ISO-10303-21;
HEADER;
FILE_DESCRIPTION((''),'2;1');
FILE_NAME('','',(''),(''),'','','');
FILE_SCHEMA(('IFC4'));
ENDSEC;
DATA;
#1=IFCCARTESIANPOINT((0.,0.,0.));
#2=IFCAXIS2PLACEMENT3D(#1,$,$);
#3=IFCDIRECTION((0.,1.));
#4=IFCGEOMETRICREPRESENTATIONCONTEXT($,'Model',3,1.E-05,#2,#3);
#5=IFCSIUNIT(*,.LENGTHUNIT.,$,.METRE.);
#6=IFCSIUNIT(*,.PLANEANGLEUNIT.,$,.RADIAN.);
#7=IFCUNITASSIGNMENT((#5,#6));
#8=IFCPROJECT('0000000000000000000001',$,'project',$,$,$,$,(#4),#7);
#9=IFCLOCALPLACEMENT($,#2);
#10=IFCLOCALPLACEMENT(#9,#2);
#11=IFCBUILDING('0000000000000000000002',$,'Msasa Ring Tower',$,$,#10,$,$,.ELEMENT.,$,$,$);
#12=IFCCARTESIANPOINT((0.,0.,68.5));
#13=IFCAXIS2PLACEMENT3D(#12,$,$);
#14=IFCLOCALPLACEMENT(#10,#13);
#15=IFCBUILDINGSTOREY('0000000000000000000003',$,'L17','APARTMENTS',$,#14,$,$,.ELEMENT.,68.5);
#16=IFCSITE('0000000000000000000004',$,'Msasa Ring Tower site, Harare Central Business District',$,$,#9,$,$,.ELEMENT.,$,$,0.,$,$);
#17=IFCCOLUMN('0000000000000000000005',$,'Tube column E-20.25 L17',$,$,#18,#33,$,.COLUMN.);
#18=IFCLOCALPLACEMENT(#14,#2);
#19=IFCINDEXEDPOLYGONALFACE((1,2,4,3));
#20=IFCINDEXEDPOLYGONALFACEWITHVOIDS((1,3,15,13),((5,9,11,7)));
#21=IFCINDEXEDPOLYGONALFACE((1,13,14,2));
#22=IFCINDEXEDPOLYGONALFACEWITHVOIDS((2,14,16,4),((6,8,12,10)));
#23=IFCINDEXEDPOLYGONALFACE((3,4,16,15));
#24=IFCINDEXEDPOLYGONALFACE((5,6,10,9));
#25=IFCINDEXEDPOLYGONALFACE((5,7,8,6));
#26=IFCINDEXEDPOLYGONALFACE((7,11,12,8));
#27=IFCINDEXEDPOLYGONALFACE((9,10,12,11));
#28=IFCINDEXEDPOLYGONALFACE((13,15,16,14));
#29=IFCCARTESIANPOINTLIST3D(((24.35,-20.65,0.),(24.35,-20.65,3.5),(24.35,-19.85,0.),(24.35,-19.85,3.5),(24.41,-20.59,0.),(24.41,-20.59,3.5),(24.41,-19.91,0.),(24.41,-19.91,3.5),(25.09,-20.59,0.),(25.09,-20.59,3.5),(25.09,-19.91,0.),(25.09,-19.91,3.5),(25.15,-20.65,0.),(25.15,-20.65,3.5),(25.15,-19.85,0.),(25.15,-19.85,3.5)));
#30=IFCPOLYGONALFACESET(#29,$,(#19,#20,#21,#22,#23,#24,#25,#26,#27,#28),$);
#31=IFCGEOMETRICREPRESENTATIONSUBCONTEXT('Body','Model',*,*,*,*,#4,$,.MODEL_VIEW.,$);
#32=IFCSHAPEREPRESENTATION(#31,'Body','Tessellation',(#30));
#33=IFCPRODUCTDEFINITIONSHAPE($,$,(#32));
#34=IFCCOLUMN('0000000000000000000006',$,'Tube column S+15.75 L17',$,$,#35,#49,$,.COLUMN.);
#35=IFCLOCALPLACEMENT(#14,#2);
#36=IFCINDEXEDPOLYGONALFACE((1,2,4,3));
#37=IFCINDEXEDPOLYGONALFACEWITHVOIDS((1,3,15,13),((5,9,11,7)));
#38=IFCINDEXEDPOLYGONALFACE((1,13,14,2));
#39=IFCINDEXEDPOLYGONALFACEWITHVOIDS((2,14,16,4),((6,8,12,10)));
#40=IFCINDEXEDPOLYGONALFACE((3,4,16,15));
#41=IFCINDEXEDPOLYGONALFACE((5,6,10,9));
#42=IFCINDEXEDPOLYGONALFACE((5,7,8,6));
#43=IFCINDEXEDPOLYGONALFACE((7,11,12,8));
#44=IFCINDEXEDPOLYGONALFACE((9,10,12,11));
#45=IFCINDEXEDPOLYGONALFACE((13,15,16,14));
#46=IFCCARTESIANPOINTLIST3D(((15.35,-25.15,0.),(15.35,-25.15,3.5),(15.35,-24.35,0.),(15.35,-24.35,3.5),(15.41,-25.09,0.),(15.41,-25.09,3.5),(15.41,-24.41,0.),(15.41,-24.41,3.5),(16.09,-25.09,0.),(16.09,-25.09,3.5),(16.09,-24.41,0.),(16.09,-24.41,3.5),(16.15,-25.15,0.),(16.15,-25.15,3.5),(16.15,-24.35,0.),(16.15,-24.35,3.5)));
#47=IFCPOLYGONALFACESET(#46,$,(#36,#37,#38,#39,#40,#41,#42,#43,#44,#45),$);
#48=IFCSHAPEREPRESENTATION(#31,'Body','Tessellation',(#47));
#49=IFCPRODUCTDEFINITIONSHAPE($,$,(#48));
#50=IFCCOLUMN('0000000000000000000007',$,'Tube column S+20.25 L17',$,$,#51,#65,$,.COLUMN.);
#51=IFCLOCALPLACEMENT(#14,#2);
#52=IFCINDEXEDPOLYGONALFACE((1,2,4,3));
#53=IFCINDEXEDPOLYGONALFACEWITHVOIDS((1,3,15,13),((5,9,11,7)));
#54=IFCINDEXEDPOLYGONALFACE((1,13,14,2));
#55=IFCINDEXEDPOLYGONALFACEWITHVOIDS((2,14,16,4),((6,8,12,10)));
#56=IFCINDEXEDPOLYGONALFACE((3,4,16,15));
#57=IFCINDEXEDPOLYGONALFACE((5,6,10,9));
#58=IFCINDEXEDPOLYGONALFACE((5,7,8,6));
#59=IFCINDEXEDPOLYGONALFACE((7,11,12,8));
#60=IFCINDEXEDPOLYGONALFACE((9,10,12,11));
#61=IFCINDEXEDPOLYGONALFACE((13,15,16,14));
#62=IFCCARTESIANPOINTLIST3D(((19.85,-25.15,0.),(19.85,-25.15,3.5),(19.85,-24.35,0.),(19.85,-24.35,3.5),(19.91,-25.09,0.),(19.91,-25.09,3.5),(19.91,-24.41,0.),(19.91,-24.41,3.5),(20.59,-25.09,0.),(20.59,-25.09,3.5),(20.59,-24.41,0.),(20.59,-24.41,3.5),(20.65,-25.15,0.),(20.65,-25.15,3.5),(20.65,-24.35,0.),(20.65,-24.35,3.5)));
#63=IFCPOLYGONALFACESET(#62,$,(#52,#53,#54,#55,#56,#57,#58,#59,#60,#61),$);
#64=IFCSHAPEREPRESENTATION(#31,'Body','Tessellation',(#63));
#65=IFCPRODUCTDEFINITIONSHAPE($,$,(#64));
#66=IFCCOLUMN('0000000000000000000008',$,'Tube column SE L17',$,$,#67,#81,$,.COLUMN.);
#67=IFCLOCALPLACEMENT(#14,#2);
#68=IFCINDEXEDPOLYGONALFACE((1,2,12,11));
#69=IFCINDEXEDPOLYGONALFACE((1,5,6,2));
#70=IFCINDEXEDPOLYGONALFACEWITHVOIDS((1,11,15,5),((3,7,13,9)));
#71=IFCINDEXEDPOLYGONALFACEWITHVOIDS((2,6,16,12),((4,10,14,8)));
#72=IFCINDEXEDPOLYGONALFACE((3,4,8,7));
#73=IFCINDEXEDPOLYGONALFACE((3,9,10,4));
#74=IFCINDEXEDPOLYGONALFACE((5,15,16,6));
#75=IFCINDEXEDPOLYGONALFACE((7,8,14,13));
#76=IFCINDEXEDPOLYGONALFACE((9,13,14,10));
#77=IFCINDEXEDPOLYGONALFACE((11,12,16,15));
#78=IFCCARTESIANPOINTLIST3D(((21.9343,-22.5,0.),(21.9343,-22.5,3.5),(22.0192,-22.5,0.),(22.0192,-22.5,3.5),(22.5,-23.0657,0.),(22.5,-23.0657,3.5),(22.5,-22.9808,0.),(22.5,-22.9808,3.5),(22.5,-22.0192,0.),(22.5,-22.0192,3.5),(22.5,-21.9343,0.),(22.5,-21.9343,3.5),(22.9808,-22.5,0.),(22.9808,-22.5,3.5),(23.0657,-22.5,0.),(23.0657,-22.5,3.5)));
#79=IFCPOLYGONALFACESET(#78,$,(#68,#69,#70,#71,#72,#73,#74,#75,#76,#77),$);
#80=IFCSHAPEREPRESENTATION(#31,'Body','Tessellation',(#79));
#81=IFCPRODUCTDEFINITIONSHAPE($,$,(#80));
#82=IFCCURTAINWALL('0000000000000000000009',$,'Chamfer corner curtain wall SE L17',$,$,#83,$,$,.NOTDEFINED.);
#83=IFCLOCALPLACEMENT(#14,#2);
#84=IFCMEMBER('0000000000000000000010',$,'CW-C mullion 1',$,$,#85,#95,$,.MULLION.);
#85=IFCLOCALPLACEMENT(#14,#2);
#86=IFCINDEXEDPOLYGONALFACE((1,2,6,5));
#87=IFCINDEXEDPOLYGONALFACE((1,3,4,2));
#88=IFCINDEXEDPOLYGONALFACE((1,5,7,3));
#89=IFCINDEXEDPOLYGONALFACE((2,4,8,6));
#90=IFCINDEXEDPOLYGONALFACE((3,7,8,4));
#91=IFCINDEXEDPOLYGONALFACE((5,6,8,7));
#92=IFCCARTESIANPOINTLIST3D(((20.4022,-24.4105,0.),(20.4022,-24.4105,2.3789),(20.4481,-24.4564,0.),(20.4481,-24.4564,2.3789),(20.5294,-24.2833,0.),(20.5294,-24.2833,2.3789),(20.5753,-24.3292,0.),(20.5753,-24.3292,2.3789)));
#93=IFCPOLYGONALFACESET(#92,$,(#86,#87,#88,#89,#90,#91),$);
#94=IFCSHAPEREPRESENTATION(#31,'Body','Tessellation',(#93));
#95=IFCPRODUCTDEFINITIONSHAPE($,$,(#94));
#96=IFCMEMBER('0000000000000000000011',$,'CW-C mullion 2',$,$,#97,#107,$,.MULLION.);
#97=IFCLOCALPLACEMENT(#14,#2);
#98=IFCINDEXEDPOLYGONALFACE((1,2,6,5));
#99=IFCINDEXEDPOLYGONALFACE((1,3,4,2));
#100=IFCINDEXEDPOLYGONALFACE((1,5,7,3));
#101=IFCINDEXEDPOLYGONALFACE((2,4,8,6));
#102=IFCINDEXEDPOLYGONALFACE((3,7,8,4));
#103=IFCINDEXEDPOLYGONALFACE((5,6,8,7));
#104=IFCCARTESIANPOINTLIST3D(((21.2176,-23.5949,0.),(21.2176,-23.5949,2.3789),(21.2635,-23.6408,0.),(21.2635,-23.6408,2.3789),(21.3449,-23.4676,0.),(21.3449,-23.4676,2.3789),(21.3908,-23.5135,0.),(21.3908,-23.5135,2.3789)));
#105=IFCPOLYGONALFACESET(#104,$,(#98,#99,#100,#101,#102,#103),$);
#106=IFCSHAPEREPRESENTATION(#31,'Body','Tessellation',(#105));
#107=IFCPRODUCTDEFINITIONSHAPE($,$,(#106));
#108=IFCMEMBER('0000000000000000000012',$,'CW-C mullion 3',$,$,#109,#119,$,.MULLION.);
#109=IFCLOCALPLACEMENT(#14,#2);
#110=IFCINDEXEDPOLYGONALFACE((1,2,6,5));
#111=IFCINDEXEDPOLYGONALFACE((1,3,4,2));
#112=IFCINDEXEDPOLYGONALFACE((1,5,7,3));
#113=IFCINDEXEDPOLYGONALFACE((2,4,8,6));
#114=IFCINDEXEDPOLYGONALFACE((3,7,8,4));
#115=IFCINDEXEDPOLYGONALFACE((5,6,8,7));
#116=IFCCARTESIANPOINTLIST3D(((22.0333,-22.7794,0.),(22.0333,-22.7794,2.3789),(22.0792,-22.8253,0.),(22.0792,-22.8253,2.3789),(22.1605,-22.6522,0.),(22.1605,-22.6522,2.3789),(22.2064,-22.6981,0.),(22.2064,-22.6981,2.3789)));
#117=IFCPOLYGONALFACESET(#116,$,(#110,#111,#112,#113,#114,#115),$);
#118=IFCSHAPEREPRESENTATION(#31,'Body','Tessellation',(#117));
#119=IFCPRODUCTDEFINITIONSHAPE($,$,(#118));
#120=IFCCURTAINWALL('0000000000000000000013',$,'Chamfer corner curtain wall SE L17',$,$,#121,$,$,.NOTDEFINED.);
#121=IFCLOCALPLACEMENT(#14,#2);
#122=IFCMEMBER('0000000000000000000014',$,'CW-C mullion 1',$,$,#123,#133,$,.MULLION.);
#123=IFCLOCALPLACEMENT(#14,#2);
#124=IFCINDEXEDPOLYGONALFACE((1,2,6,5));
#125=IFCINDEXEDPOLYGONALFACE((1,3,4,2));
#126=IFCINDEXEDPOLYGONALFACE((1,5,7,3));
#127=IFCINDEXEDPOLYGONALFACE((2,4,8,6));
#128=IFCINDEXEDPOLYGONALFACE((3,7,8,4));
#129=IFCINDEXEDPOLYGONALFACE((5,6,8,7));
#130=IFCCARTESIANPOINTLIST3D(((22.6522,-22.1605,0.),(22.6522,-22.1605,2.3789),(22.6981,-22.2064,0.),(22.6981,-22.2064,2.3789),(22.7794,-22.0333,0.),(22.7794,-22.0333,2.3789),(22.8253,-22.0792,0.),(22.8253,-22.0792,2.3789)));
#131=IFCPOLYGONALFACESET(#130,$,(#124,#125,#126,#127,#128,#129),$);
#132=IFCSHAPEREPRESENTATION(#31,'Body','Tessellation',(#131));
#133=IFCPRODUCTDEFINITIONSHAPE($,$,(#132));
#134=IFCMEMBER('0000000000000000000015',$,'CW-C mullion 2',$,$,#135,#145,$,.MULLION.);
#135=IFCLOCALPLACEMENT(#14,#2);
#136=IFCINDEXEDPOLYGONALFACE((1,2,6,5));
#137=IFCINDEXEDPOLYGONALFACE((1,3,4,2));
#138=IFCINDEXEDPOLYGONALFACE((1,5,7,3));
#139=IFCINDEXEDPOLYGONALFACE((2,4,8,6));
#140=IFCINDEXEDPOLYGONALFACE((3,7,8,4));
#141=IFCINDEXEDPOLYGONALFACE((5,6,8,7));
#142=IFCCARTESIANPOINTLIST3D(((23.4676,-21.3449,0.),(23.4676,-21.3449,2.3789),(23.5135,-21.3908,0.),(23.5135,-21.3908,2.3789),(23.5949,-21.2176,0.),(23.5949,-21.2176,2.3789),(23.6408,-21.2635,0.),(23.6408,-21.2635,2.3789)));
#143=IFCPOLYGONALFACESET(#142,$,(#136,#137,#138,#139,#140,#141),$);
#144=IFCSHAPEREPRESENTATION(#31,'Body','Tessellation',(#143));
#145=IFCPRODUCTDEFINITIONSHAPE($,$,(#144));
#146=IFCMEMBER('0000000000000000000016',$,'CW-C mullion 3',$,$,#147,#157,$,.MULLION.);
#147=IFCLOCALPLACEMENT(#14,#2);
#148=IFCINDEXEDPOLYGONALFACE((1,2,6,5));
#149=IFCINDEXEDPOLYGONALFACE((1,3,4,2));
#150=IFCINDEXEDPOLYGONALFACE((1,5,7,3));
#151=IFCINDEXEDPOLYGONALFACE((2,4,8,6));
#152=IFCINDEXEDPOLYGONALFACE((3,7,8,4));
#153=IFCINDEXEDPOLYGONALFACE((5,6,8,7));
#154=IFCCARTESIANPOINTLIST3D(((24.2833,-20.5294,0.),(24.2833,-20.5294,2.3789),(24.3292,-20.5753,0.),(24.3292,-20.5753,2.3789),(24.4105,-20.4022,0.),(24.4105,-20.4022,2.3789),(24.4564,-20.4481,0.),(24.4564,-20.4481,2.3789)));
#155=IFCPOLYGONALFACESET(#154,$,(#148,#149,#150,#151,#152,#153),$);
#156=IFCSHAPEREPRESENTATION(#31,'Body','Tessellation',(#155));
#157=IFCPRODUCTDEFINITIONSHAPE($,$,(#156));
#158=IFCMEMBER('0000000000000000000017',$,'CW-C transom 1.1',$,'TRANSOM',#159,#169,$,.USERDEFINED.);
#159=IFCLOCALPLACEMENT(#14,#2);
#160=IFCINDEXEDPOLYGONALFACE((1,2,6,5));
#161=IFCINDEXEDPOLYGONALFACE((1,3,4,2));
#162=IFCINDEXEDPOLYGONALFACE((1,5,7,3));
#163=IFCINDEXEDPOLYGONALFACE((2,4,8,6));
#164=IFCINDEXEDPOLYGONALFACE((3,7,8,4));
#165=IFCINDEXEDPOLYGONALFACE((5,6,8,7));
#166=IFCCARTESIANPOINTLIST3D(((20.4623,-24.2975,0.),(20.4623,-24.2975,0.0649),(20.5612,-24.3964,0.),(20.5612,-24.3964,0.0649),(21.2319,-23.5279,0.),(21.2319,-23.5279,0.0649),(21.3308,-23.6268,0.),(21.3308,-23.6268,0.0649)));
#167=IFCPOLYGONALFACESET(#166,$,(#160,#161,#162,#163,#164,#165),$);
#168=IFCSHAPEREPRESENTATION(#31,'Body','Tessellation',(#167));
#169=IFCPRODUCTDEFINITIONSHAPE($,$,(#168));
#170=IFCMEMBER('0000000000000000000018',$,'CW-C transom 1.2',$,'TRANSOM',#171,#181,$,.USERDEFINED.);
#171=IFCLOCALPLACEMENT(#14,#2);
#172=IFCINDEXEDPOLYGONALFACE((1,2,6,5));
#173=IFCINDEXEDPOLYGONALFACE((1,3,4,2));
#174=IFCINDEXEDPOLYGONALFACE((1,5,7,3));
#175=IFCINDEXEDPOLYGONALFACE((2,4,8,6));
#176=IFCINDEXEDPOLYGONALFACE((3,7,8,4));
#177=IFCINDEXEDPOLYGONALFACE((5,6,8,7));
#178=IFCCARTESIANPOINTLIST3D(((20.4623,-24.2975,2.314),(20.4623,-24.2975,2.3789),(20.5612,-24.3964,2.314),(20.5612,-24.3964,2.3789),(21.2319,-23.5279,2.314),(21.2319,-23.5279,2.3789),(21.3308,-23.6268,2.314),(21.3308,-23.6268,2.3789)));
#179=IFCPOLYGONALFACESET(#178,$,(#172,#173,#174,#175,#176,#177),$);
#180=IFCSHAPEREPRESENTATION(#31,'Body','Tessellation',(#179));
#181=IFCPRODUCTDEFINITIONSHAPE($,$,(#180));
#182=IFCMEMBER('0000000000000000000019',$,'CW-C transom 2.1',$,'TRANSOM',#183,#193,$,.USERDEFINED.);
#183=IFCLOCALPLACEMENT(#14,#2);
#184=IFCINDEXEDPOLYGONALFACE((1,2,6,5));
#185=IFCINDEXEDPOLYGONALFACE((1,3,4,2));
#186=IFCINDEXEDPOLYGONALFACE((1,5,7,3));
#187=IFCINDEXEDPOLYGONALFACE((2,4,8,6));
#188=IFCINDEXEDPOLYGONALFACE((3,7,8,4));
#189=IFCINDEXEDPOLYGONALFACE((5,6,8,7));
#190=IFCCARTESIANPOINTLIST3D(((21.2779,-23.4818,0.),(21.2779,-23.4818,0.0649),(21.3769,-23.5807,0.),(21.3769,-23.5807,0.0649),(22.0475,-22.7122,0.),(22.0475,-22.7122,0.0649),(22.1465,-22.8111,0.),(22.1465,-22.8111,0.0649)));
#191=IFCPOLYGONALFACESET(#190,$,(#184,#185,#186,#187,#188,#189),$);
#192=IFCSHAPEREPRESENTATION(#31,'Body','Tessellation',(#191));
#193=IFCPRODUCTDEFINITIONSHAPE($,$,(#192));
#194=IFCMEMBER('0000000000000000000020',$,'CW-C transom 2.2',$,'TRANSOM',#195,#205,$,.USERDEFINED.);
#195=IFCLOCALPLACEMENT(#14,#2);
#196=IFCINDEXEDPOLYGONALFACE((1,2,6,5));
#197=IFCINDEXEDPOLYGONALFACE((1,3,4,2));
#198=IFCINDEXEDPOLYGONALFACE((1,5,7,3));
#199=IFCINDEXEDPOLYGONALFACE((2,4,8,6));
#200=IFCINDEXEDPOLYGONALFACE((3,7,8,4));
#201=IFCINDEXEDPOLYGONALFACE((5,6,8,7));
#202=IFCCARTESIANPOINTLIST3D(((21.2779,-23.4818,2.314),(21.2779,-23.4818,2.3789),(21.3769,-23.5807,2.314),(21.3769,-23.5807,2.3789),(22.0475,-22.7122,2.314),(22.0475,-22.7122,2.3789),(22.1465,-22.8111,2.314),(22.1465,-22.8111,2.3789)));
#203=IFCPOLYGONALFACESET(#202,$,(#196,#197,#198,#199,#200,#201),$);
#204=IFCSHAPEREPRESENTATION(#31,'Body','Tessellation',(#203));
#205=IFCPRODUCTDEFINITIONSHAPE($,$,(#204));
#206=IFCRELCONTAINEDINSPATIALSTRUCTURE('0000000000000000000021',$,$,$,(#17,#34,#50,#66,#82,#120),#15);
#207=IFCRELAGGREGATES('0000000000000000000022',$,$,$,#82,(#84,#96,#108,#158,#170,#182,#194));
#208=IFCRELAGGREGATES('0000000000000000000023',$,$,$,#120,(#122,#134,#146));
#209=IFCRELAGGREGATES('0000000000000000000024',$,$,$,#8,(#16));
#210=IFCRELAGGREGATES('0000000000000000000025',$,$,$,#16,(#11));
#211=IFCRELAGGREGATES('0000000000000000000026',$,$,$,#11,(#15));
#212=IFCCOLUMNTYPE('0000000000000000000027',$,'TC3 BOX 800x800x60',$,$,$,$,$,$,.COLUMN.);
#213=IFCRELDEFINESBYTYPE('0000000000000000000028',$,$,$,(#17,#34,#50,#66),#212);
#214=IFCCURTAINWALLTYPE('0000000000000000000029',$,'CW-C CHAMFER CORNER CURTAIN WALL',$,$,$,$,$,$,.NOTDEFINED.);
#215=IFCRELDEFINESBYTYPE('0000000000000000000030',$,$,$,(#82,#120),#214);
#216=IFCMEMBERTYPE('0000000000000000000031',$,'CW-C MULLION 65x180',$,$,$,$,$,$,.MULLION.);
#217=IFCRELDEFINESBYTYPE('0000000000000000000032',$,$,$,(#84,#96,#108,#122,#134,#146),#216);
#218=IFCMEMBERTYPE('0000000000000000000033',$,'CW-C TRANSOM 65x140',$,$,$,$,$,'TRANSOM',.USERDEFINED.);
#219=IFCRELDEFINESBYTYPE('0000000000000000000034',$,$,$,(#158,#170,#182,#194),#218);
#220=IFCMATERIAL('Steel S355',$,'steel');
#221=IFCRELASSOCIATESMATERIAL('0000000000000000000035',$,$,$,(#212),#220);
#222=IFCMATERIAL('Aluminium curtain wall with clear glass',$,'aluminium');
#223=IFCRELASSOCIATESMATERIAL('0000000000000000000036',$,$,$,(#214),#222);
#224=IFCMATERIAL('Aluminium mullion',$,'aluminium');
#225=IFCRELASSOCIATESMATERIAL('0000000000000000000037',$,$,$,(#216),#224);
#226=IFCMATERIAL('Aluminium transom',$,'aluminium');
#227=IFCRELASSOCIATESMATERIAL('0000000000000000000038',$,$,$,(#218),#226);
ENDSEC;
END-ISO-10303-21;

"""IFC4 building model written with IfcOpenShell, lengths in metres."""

from ifc_helpers import new_model, si_unit, direction, frame, origin, origin_2d, place, context, subcontext, project, spatial, rectangle, hollow_rectangle, extrude, material, material_profile, profile_set, type_object, element, aggregate, save


model = new_model("IFC4")

# Units and contexts
model_context = context("Model", 3, precision=1e-05, world=origin(), true_north=direction((0.0, 1.0)))
body_context = subcontext(model_context, "Body", "Model", "MODEL_VIEW")
ifc_project = project(units=[si_unit("LENGTHUNIT", "METRE"), si_unit("PLANEANGLEUNIT", "RADIAN")], contexts=[model_context])

# Site, building, storey
site_placement = place(None, origin())
site = spatial("IfcSite", under=ifc_project, at=site_placement, Name="Msasa Ring Tower site, Harare Central Business District", CompositionType="ELEMENT", RefElevation=0.0)
building_placement = place(site_placement, origin())
building = spatial("IfcBuilding", under=site, at=building_placement, Name="Msasa Ring Tower", CompositionType="ELEMENT")
storey_placement = place(building_placement, frame((0.0, 0.0, 68.5)))
storey = spatial("IfcBuildingStorey", under=building, at=storey_placement, Name="L17", Description="APARTMENTS", CompositionType="ELEMENT", Elevation=68.5)

# Columns
ifc_material_1 = material(Name="Steel S355", Category="steel")
ifc_material_profile_1 = material_profile(ifc_material_1, hollow_rectangle(XDim=0.8, YDim=0.8, WallThickness=0.0601, at=origin_2d()), Name="BOX 800x800x60")
ifc_profile_set_1 = profile_set([ifc_material_profile_1], Name="Steel S355")
column_type = type_object("IfcColumnType", Name="TC3 BOX 800x800x60", PredefinedType="COLUMN", material=ifc_profile_set_1)
for number, where, z_axis, x_axis, name in (
    (1, (24.75, -20.25, 0.0), (0.0, 0.0, 1.0), (1.0, 0.0, 0.0), "Tube column E-20.25 L17"),
    (2, (15.75, -24.75, 0.0), (0.0, 0.0, 1.0), (0.0, 1.0, 0.0), "Tube column S+15.75 L17"),
    (3, (20.25, -24.75, 0.0), (0.0, 0.0, 1.0), (0.0, 1.0, 0.0), "Tube column S+20.25 L17"),
    (4, (22.5, -22.5, 0.0), (0.0, 0.0, 1.0), (0.707107, -0.707107, 0.0), "Tube column SE L17"),
):
    element("IfcColumn", number, at=place(storey_placement, frame(where, z_axis=z_axis, x_axis=x_axis)), inside=storey, type_object=column_type, Name=name, PredefinedType="COLUMN", context=body_context, shape_type="SweptSolid", body=[
        extrude(hollow_rectangle(XDim=0.8, YDim=0.8, WallThickness=0.0601, at=origin_2d()), origin(), (0.0, 0.0, 1.0), 3.5),
    ])

# Curtain walls, members
ifc_material_2 = material(Name="Aluminium curtain wall with clear glass", Category="aluminium")
curtain_wall_type = type_object("IfcCurtainWallType", Name="CW-C CHAMFER CORNER CURTAIN WALL", PredefinedType="NOTDEFINED", material=ifc_material_2)
curtain_wall_1_placement = place(storey_placement, origin())
curtain_wall_1 = element("IfcCurtainWall", 5, at=curtain_wall_1_placement, inside=storey, type_object=curtain_wall_type, Name="Chamfer corner curtain wall SE L17", PredefinedType="NOTDEFINED")
ifc_material_3 = material(Name="Aluminium mullion", Category="aluminium")
ifc_material_profile_2 = material_profile(ifc_material_3, rectangle(XDim=0.0649, YDim=0.1799, at=origin_2d()), Name="AL 65x180")
ifc_profile_set_2 = profile_set([ifc_material_profile_2], Name="Aluminium mullion")
member_type_1 = type_object("IfcMemberType", Name="CW-C MULLION 65x180", PredefinedType="MULLION", material=ifc_profile_set_2)
member_1_placement = place(storey_placement, frame((20.4888, -24.3699, 0.0), z_axis=(0.0, 0.0, 1.0), x_axis=(-0.707107, 0.707107, 0.0)))
member_1 = element("IfcMember", 6, at=member_1_placement, type_object=member_type_1, Name="CW-C mullion 1", PredefinedType="MULLION", context=body_context, shape_type="SweptSolid", body=[
    extrude(rectangle(XDim=0.0649, YDim=0.1799, at=origin_2d()), origin(), (0.0, 0.0, 1.0), 2.3789),
])
member_2_placement = place(storey_placement, frame((21.3042, -23.5542, 0.0), z_axis=(0.0, 0.0, 1.0), x_axis=(-0.707107, 0.707107, 0.0)))
member_2 = element("IfcMember", 7, at=member_2_placement, type_object=member_type_1, Name="CW-C mullion 2", PredefinedType="MULLION", context=body_context, shape_type="SweptSolid", body=[
    extrude(rectangle(XDim=0.0649, YDim=0.1799, at=origin_2d()), origin(), (0.0, 0.0, 1.0), 2.3789),
])
member_3_placement = place(storey_placement, frame((22.1199, -22.7388, 0.0), z_axis=(0.0, 0.0, 1.0), x_axis=(-0.707107, 0.707107, 0.0)))
member_3 = element("IfcMember", 8, at=member_3_placement, type_object=member_type_1, Name="CW-C mullion 3", PredefinedType="MULLION", context=body_context, shape_type="SweptSolid", body=[
    extrude(rectangle(XDim=0.0649, YDim=0.1799, at=origin_2d()), origin(), (0.0, 0.0, 1.0), 2.3789),
])
curtain_wall_2_placement = place(storey_placement, origin())
curtain_wall_2 = element("IfcCurtainWall", 9, at=curtain_wall_2_placement, inside=storey, type_object=curtain_wall_type, Name="Chamfer corner curtain wall SE L17", PredefinedType="NOTDEFINED")
member_4_placement = place(storey_placement, frame((22.7388, -22.1199, 0.0), z_axis=(0.0, 0.0, 1.0), x_axis=(-0.707107, 0.707107, 0.0)))
member_4 = element("IfcMember", 10, at=member_4_placement, type_object=member_type_1, Name="CW-C mullion 1", PredefinedType="MULLION", context=body_context, shape_type="SweptSolid", body=[
    extrude(rectangle(XDim=0.0649, YDim=0.1799, at=origin_2d()), origin(), (0.0, 0.0, 1.0), 2.3789),
])
member_5_placement = place(storey_placement, frame((23.5542, -21.3042, 0.0), z_axis=(0.0, 0.0, 1.0), x_axis=(-0.707107, 0.707107, 0.0)))
member_5 = element("IfcMember", 11, at=member_5_placement, type_object=member_type_1, Name="CW-C mullion 2", PredefinedType="MULLION", context=body_context, shape_type="SweptSolid", body=[
    extrude(rectangle(XDim=0.0649, YDim=0.1799, at=origin_2d()), origin(), (0.0, 0.0, 1.0), 2.3789),
])
member_6_placement = place(storey_placement, frame((24.3699, -20.4888, 0.0), z_axis=(0.0, 0.0, 1.0), x_axis=(-0.707107, 0.707107, 0.0)))
member_6 = element("IfcMember", 12, at=member_6_placement, type_object=member_type_1, Name="CW-C mullion 3", PredefinedType="MULLION", context=body_context, shape_type="SweptSolid", body=[
    extrude(rectangle(XDim=0.0649, YDim=0.1799, at=origin_2d()), origin(), (0.0, 0.0, 1.0), 2.3789),
])

# Members
ifc_material_4 = material(Name="Aluminium transom", Category="aluminium")
ifc_material_profile_3 = material_profile(ifc_material_4, rectangle(XDim=0.1399, YDim=0.0649, at=origin_2d()), Name="AL 65x140")
ifc_profile_set_3 = profile_set([ifc_material_profile_3], Name="Aluminium transom")
member_type_2 = type_object("IfcMemberType", Name="CW-C TRANSOM 65x140", ElementType="TRANSOM", PredefinedType="USERDEFINED", material=ifc_profile_set_3)
member_7_placement = place(storey_placement, frame((20.5117, -24.3469, 0.0325), z_axis=(0.707107, 0.707107, 0.0), x_axis=(-0.707107, 0.707107, 0.0)))
member_7 = element("IfcMember", 13, at=member_7_placement, type_object=member_type_2, Name="CW-C transom 1.1", ObjectType="TRANSOM", PredefinedType="USERDEFINED", context=body_context, shape_type="SweptSolid", body=[
    extrude(rectangle(XDim=0.1399, YDim=0.0649, at=origin_2d()), origin(), (0.0, 0.0, 1.0), 1.0884),
])
member_8_placement = place(storey_placement, frame((20.5117, -24.3469, 2.3464), z_axis=(0.707107, 0.707107, 0.0), x_axis=(-0.707107, 0.707107, 0.0)))
member_8 = element("IfcMember", 14, at=member_8_placement, type_object=member_type_2, Name="CW-C transom 1.2", ObjectType="TRANSOM", PredefinedType="USERDEFINED", context=body_context, shape_type="SweptSolid", body=[
    extrude(rectangle(XDim=0.1399, YDim=0.0649, at=origin_2d()), origin(), (0.0, 0.0, 1.0), 1.0884),
])
member_9_placement = place(storey_placement, frame((21.3274, -23.5312, 0.0325), z_axis=(0.707107, 0.707107, 0.0), x_axis=(-0.707107, 0.707107, 0.0)))
member_9 = element("IfcMember", 15, at=member_9_placement, type_object=member_type_2, Name="CW-C transom 2.1", ObjectType="TRANSOM", PredefinedType="USERDEFINED", context=body_context, shape_type="SweptSolid", body=[
    extrude(rectangle(XDim=0.1399, YDim=0.0649, at=origin_2d()), origin(), (0.0, 0.0, 1.0), 1.0884),
])
member_10_placement = place(storey_placement, frame((21.3274, -23.5312, 2.3464), z_axis=(0.707107, 0.707107, 0.0), x_axis=(-0.707107, 0.707107, 0.0)))
member_10 = element("IfcMember", 16, at=member_10_placement, type_object=member_type_2, Name="CW-C transom 2.2", ObjectType="TRANSOM", PredefinedType="USERDEFINED", context=body_context, shape_type="SweptSolid", body=[
    extrude(rectangle(XDim=0.1399, YDim=0.0649, at=origin_2d()), origin(), (0.0, 0.0, 1.0), 1.0884),
])

aggregate(curtain_wall_1, [member_1, member_2, member_3, member_7, member_8, member_9, member_10])
aggregate(curtain_wall_2, [member_4, member_5, member_6])

save(model, "model.ifc")
